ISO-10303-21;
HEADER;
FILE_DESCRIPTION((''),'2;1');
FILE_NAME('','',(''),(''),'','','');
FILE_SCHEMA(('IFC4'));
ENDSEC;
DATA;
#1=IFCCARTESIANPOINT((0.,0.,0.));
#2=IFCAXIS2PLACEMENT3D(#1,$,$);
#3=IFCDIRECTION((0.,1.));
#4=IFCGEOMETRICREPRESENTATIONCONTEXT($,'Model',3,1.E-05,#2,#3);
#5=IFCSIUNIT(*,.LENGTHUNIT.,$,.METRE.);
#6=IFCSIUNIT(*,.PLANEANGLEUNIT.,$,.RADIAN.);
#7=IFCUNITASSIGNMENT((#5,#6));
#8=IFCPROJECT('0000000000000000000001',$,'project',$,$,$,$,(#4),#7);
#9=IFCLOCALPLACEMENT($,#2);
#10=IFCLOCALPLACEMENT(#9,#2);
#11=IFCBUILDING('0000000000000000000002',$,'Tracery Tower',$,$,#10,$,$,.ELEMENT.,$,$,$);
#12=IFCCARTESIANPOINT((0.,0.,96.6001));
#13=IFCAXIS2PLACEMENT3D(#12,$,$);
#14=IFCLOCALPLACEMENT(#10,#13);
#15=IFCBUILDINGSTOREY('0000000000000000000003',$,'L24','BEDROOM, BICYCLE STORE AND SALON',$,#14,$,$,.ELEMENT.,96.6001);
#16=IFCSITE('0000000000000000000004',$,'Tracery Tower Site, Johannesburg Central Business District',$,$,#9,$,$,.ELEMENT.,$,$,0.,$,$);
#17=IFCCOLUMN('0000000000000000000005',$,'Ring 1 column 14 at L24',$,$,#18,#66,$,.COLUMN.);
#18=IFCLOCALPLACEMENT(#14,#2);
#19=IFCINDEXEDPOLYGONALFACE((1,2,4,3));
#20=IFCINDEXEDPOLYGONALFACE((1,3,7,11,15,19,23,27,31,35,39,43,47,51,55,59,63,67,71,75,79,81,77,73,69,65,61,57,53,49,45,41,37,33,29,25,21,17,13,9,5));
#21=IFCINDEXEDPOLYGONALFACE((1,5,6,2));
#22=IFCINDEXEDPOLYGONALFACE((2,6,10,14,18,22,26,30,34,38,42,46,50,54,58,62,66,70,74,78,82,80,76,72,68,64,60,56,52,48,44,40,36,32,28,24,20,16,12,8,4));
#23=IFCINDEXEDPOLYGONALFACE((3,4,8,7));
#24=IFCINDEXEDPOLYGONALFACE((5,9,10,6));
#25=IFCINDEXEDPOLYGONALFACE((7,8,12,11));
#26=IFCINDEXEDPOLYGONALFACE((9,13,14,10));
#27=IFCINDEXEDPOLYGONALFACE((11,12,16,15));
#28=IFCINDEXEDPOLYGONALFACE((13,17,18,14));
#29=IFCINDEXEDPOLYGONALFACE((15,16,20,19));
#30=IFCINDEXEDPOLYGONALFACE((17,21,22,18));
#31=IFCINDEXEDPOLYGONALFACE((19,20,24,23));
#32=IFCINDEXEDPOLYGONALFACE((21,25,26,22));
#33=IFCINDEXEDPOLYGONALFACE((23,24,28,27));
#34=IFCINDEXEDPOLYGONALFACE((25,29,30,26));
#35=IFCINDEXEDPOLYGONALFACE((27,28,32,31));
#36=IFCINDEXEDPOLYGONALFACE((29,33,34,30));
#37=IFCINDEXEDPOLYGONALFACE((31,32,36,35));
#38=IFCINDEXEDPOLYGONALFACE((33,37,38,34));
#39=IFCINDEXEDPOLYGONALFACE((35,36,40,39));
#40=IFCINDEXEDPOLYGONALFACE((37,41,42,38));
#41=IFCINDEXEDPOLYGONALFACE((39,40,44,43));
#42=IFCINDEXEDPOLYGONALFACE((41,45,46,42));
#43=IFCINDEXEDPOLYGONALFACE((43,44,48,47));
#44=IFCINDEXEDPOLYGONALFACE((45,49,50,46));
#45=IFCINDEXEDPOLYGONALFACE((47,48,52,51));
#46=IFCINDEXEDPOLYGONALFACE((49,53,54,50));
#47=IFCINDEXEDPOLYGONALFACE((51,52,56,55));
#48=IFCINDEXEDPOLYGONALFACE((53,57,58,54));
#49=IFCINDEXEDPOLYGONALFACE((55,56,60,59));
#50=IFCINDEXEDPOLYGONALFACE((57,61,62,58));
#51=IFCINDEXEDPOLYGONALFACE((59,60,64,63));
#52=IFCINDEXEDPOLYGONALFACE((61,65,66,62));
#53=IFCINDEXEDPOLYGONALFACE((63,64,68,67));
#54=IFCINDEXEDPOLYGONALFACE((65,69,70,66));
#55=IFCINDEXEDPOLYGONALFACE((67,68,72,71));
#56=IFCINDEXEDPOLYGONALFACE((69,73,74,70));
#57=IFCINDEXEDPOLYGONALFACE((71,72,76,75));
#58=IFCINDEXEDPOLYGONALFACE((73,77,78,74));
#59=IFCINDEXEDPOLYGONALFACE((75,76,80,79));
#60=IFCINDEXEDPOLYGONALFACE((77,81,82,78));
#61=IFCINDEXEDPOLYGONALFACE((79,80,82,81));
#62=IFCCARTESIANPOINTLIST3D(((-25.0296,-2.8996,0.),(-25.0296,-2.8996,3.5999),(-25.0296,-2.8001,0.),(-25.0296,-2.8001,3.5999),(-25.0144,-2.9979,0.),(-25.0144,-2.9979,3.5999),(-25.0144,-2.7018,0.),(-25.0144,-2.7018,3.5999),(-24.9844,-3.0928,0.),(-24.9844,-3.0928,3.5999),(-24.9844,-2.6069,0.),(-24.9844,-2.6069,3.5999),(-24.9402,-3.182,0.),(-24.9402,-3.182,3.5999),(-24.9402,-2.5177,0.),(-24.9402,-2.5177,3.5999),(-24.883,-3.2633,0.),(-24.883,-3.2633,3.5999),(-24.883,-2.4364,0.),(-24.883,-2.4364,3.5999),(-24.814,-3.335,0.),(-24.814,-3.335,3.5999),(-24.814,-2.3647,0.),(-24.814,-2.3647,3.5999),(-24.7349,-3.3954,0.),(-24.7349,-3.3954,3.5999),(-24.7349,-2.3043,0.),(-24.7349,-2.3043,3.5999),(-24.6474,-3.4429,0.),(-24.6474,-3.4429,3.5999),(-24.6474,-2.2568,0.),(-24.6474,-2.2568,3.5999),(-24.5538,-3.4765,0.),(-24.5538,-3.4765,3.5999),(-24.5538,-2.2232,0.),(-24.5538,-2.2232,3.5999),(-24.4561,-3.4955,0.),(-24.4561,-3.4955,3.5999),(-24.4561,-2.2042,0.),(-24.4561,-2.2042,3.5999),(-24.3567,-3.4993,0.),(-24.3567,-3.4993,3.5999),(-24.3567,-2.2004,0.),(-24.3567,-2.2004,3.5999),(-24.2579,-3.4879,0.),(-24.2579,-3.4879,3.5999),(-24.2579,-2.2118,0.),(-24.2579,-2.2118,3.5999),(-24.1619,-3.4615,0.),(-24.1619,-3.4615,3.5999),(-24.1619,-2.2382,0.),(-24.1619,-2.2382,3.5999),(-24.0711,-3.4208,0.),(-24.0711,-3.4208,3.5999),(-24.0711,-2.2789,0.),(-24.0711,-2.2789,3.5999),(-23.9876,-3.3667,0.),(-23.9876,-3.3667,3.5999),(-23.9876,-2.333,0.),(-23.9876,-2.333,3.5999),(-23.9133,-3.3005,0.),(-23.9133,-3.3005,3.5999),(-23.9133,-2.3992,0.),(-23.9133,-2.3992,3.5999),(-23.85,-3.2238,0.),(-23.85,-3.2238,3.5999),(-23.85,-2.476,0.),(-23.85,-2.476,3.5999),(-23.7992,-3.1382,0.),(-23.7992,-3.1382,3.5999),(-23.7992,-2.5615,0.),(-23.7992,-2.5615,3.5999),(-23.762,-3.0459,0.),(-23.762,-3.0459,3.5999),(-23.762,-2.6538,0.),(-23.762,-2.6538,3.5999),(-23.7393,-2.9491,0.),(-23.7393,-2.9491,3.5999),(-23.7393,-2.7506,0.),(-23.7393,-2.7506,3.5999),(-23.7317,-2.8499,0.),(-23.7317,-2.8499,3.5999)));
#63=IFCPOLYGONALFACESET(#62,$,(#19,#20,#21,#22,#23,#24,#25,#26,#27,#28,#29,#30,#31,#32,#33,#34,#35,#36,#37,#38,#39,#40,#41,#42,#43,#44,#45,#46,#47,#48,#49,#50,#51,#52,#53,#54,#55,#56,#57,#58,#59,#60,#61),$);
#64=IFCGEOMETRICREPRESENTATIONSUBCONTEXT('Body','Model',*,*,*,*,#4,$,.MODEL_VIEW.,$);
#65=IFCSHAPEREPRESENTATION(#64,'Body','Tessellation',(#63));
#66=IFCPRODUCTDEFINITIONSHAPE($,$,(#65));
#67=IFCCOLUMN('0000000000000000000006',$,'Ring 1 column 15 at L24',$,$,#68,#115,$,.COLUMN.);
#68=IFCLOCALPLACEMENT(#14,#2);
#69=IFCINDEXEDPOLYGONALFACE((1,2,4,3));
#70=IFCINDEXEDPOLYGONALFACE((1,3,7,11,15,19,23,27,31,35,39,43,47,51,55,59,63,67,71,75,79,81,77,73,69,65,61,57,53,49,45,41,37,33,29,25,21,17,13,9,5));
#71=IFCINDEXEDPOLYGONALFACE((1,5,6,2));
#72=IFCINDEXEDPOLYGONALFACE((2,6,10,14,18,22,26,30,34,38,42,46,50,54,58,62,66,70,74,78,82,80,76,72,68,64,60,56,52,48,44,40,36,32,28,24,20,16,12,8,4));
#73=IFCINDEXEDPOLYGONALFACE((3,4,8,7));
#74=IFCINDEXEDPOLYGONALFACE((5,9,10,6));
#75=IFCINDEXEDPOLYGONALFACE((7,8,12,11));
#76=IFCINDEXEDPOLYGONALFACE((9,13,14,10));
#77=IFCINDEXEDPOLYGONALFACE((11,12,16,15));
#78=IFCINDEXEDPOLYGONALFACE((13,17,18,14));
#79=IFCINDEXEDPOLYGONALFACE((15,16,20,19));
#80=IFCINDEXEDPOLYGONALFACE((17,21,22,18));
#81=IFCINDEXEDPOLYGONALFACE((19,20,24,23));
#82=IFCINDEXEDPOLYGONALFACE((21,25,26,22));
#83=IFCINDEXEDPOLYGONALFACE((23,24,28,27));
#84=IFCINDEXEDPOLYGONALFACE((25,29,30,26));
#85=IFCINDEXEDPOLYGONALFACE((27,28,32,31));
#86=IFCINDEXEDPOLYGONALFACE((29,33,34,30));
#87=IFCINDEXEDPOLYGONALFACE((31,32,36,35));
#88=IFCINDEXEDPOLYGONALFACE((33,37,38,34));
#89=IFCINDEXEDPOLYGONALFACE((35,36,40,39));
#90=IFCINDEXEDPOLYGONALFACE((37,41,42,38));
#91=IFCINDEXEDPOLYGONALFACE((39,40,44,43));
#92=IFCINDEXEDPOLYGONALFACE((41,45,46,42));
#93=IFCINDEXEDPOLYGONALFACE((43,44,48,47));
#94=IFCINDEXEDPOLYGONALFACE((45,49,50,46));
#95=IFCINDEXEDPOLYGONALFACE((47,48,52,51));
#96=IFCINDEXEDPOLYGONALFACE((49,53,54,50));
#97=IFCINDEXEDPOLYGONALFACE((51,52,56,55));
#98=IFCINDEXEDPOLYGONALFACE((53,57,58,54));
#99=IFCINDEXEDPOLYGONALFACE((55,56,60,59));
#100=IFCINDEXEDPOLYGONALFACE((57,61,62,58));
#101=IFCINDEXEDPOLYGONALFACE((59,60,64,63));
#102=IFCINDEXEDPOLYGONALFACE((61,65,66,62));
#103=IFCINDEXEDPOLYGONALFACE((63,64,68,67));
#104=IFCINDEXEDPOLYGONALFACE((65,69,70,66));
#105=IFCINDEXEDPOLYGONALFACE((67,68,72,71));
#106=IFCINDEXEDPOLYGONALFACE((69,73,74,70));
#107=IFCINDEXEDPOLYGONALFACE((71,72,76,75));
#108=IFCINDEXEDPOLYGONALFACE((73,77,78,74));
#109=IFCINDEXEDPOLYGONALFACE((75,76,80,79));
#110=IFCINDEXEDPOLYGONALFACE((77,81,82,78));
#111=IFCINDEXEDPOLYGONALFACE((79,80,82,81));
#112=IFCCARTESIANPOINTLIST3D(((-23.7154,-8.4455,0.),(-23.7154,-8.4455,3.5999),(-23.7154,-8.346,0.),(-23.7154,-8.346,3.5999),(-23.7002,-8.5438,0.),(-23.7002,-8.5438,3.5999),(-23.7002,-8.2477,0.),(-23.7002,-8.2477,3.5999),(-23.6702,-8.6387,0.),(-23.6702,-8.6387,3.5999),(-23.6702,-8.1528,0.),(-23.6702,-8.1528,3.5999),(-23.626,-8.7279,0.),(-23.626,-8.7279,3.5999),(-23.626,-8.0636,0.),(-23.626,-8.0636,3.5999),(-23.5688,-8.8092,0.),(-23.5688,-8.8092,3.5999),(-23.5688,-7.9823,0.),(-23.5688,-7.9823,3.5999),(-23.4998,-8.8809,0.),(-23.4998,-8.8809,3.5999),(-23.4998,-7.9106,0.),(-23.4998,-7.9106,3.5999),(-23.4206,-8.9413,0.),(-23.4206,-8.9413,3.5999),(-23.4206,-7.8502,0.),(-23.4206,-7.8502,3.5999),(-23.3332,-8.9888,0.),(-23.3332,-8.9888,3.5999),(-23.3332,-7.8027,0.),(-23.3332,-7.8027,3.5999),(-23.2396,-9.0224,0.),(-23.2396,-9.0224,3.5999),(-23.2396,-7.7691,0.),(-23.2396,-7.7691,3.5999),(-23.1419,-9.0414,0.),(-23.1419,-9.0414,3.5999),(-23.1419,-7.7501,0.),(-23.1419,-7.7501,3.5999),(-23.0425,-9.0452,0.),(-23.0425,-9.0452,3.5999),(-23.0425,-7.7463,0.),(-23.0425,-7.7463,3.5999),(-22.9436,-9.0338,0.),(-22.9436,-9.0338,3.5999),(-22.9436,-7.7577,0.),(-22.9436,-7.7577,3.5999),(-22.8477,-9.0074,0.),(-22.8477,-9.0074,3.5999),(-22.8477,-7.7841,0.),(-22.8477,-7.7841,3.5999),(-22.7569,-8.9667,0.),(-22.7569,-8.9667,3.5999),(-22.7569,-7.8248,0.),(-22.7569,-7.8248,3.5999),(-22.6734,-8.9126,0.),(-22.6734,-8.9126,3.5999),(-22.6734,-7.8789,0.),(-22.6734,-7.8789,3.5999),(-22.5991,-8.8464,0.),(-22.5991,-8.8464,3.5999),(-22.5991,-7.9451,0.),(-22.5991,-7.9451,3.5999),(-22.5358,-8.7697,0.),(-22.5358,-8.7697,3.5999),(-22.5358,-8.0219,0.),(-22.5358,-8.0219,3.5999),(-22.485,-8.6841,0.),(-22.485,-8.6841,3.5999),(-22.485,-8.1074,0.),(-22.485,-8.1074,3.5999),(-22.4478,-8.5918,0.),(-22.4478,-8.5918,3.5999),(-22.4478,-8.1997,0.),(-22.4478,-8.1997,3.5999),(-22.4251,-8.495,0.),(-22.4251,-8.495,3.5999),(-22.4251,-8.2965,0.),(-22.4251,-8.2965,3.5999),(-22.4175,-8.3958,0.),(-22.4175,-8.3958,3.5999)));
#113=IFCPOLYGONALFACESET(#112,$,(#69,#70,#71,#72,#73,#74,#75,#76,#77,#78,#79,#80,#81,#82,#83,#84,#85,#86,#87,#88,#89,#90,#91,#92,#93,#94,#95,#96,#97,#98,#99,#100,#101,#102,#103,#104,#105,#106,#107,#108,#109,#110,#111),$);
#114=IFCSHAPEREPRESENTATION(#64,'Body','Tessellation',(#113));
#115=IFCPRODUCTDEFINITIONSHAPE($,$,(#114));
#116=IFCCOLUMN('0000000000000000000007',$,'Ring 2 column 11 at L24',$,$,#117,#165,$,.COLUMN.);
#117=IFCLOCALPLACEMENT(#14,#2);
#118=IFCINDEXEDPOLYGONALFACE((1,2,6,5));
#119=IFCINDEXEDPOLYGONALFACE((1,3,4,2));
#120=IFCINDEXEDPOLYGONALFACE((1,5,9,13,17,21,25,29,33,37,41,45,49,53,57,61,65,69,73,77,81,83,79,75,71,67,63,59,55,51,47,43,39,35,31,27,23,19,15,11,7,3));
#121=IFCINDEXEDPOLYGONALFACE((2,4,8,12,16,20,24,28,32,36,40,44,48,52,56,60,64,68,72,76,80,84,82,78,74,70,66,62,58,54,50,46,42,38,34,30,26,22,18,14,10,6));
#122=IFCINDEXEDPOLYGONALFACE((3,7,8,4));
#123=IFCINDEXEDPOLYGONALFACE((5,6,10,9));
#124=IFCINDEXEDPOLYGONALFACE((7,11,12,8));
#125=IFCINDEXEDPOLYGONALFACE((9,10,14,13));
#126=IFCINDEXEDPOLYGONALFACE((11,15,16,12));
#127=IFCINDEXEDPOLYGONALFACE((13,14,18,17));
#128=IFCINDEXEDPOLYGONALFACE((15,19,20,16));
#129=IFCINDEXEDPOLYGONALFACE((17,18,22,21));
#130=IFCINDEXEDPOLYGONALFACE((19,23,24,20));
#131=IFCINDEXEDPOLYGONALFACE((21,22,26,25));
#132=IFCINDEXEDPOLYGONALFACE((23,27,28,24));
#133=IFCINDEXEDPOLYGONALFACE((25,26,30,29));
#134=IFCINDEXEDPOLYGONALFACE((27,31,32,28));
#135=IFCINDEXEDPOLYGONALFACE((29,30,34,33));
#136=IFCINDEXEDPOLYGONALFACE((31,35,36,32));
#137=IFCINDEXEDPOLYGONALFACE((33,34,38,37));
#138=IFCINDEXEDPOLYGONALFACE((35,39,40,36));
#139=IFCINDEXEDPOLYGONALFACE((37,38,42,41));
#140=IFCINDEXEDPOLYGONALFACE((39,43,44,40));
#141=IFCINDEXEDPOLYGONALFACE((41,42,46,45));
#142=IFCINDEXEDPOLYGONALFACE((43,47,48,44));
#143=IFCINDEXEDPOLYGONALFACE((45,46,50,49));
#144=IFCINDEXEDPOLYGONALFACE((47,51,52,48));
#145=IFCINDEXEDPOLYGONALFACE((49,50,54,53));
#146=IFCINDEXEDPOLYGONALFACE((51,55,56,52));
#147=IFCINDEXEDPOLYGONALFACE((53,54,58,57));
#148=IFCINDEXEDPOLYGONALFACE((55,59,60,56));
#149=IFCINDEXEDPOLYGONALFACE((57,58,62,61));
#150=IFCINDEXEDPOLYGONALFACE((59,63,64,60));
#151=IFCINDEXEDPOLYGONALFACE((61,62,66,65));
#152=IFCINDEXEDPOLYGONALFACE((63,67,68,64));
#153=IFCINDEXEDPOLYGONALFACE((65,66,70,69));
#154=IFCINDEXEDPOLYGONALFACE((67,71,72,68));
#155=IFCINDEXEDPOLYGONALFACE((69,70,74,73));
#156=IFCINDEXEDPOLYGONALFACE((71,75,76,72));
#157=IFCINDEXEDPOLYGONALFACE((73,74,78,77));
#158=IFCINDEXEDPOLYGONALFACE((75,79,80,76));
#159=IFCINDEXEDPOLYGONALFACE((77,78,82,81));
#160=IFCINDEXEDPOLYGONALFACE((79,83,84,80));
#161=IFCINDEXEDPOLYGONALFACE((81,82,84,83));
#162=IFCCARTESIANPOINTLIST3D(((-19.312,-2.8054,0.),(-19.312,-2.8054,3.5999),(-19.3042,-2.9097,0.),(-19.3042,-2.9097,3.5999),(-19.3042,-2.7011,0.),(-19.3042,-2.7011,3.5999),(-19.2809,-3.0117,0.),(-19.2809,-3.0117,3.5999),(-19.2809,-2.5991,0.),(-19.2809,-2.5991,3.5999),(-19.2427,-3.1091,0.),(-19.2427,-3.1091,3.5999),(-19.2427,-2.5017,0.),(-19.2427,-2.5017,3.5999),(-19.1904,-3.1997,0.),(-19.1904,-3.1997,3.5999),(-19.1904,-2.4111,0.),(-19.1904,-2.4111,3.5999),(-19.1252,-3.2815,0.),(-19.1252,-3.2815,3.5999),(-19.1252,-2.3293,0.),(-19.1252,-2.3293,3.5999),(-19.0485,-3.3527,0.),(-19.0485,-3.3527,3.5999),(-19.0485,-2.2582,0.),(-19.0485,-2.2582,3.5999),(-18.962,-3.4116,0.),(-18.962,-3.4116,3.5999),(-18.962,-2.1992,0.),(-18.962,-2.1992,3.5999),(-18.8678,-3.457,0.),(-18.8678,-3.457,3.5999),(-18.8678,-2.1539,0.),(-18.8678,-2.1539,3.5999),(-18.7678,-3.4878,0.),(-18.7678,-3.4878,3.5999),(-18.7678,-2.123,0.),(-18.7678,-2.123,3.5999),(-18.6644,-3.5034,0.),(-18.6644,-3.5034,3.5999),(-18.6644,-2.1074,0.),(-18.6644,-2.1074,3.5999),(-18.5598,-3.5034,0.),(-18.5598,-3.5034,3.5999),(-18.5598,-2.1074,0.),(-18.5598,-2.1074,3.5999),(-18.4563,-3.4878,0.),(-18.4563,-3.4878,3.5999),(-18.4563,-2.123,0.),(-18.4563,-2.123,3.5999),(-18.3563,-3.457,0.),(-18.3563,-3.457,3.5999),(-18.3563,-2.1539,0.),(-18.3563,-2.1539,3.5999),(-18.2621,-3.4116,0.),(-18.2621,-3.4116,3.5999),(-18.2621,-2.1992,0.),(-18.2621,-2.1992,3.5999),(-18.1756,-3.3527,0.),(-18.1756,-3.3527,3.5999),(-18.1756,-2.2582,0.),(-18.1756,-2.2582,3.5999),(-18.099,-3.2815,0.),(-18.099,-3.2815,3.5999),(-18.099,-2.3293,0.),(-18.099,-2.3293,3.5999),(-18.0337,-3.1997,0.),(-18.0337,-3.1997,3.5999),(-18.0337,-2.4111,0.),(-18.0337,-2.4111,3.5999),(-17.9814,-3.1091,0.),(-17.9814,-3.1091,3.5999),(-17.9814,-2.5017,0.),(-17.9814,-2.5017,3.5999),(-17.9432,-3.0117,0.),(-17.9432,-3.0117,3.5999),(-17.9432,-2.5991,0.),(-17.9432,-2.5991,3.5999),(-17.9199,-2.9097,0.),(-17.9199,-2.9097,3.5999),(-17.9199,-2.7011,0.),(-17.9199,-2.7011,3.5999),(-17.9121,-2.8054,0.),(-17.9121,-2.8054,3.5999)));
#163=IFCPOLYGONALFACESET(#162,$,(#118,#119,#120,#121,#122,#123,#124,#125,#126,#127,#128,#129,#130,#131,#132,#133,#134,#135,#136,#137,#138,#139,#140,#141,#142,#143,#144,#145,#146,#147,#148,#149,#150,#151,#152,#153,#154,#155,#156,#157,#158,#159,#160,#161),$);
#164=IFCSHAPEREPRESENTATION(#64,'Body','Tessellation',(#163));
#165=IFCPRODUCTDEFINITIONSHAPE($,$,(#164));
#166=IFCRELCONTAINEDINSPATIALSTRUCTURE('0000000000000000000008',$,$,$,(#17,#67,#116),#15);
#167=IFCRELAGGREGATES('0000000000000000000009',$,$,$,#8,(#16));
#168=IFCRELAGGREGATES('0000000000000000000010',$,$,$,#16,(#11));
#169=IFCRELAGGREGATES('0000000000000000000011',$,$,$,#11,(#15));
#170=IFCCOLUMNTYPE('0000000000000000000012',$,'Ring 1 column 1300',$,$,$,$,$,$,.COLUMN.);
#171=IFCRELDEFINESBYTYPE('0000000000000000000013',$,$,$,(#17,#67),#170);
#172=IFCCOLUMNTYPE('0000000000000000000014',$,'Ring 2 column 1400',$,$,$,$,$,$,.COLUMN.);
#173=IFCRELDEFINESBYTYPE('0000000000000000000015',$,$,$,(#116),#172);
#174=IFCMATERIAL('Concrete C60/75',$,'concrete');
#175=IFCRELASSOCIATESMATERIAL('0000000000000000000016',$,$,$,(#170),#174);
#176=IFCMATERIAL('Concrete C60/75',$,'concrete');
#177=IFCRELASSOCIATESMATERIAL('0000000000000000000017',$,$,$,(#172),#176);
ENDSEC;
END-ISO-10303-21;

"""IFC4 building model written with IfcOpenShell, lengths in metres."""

from ifc_helpers import new_model, si_unit, direction, frame, origin, origin_2d, place, context, subcontext, project, spatial, circle, extrude, material, material_profile, profile_set, type_object, element, save


model = new_model("IFC4")

# Units and contexts
model_context = context("Model", 3, precision=1e-05, world=origin(), true_north=direction((0.0, 1.0)))
body_context = subcontext(model_context, "Body", "Model", "MODEL_VIEW")
ifc_project = project(units=[si_unit("LENGTHUNIT", "METRE"), si_unit("PLANEANGLEUNIT", "RADIAN")], contexts=[model_context])

# Site, building, storey
site_placement = place(None, origin())
site = spatial("IfcSite", under=ifc_project, at=site_placement, Name="Tracery Tower Site, Johannesburg Central Business District", CompositionType="ELEMENT", RefElevation=0.0)
building_placement = place(site_placement, origin())
building = spatial("IfcBuilding", under=site, at=building_placement, Name="Tracery Tower", CompositionType="ELEMENT")
storey_placement = place(building_placement, frame((0.0, 0.0, 96.6001)))
storey = spatial("IfcBuildingStorey", under=building, at=storey_placement, Name="L24", Description="BEDROOM, BICYCLE STORE AND SALON", CompositionType="ELEMENT", Elevation=96.6001)

# Columns
ifc_material_1 = material(Name="Concrete C60/75", Category="concrete")
ifc_material_profile_1 = material_profile(ifc_material_1, circle(Radius=0.6499, at=origin_2d()), Name="RC D1300")
ifc_profile_set_1 = profile_set([ifc_material_profile_1], Name="Concrete C60/75")
column_type_1 = type_object("IfcColumnType", Name="Ring 1 column 1300", PredefinedType="COLUMN", material=ifc_profile_set_1)
for number, where, z_axis, x_axis, name in (
    (1, (-24.3816, -2.8499, 0.0), (0.0, 0.0, 1.0), (1.0, 0.0, 0.0), "Ring 1 column 14 at L24"),
    (2, (-23.0674, -8.3958, 0.0), (0.0, 0.0, 1.0), (1.0, 0.0, 0.0), "Ring 1 column 15 at L24"),
):
    element("IfcColumn", number, at=place(storey_placement, frame(where, z_axis=z_axis, x_axis=x_axis)), inside=storey, type_object=column_type_1, Name=name, PredefinedType="COLUMN", context=body_context, shape_type="SweptSolid", body=[
        extrude(circle(Radius=0.6499, at=origin_2d()), origin(), (0.0, 0.0, 1.0), 3.5999),
    ])
ifc_material_2 = material(Name="Concrete C60/75", Category="concrete")
ifc_material_profile_2 = material_profile(ifc_material_2, circle(Radius=0.7, at=origin_2d()), Name="RC D1400")
ifc_profile_set_2 = profile_set([ifc_material_profile_2], Name="Concrete C60/75")
column_type_2 = type_object("IfcColumnType", Name="Ring 2 column 1400", PredefinedType="COLUMN", material=ifc_profile_set_2)
for number, where, z_axis, x_axis, name in (
    (3, (-18.6121, -2.8054, 0.0), (0.0, 0.0, 1.0), (1.0, 0.0, 0.0), "Ring 2 column 11 at L24"),
):
    element("IfcColumn", number, at=place(storey_placement, frame(where, z_axis=z_axis, x_axis=x_axis)), inside=storey, type_object=column_type_2, Name=name, PredefinedType="COLUMN", context=body_context, shape_type="SweptSolid", body=[
        extrude(circle(Radius=0.7, at=origin_2d()), origin(), (0.0, 0.0, 1.0), 3.5999),
    ])

save(model, "model.ifc")
